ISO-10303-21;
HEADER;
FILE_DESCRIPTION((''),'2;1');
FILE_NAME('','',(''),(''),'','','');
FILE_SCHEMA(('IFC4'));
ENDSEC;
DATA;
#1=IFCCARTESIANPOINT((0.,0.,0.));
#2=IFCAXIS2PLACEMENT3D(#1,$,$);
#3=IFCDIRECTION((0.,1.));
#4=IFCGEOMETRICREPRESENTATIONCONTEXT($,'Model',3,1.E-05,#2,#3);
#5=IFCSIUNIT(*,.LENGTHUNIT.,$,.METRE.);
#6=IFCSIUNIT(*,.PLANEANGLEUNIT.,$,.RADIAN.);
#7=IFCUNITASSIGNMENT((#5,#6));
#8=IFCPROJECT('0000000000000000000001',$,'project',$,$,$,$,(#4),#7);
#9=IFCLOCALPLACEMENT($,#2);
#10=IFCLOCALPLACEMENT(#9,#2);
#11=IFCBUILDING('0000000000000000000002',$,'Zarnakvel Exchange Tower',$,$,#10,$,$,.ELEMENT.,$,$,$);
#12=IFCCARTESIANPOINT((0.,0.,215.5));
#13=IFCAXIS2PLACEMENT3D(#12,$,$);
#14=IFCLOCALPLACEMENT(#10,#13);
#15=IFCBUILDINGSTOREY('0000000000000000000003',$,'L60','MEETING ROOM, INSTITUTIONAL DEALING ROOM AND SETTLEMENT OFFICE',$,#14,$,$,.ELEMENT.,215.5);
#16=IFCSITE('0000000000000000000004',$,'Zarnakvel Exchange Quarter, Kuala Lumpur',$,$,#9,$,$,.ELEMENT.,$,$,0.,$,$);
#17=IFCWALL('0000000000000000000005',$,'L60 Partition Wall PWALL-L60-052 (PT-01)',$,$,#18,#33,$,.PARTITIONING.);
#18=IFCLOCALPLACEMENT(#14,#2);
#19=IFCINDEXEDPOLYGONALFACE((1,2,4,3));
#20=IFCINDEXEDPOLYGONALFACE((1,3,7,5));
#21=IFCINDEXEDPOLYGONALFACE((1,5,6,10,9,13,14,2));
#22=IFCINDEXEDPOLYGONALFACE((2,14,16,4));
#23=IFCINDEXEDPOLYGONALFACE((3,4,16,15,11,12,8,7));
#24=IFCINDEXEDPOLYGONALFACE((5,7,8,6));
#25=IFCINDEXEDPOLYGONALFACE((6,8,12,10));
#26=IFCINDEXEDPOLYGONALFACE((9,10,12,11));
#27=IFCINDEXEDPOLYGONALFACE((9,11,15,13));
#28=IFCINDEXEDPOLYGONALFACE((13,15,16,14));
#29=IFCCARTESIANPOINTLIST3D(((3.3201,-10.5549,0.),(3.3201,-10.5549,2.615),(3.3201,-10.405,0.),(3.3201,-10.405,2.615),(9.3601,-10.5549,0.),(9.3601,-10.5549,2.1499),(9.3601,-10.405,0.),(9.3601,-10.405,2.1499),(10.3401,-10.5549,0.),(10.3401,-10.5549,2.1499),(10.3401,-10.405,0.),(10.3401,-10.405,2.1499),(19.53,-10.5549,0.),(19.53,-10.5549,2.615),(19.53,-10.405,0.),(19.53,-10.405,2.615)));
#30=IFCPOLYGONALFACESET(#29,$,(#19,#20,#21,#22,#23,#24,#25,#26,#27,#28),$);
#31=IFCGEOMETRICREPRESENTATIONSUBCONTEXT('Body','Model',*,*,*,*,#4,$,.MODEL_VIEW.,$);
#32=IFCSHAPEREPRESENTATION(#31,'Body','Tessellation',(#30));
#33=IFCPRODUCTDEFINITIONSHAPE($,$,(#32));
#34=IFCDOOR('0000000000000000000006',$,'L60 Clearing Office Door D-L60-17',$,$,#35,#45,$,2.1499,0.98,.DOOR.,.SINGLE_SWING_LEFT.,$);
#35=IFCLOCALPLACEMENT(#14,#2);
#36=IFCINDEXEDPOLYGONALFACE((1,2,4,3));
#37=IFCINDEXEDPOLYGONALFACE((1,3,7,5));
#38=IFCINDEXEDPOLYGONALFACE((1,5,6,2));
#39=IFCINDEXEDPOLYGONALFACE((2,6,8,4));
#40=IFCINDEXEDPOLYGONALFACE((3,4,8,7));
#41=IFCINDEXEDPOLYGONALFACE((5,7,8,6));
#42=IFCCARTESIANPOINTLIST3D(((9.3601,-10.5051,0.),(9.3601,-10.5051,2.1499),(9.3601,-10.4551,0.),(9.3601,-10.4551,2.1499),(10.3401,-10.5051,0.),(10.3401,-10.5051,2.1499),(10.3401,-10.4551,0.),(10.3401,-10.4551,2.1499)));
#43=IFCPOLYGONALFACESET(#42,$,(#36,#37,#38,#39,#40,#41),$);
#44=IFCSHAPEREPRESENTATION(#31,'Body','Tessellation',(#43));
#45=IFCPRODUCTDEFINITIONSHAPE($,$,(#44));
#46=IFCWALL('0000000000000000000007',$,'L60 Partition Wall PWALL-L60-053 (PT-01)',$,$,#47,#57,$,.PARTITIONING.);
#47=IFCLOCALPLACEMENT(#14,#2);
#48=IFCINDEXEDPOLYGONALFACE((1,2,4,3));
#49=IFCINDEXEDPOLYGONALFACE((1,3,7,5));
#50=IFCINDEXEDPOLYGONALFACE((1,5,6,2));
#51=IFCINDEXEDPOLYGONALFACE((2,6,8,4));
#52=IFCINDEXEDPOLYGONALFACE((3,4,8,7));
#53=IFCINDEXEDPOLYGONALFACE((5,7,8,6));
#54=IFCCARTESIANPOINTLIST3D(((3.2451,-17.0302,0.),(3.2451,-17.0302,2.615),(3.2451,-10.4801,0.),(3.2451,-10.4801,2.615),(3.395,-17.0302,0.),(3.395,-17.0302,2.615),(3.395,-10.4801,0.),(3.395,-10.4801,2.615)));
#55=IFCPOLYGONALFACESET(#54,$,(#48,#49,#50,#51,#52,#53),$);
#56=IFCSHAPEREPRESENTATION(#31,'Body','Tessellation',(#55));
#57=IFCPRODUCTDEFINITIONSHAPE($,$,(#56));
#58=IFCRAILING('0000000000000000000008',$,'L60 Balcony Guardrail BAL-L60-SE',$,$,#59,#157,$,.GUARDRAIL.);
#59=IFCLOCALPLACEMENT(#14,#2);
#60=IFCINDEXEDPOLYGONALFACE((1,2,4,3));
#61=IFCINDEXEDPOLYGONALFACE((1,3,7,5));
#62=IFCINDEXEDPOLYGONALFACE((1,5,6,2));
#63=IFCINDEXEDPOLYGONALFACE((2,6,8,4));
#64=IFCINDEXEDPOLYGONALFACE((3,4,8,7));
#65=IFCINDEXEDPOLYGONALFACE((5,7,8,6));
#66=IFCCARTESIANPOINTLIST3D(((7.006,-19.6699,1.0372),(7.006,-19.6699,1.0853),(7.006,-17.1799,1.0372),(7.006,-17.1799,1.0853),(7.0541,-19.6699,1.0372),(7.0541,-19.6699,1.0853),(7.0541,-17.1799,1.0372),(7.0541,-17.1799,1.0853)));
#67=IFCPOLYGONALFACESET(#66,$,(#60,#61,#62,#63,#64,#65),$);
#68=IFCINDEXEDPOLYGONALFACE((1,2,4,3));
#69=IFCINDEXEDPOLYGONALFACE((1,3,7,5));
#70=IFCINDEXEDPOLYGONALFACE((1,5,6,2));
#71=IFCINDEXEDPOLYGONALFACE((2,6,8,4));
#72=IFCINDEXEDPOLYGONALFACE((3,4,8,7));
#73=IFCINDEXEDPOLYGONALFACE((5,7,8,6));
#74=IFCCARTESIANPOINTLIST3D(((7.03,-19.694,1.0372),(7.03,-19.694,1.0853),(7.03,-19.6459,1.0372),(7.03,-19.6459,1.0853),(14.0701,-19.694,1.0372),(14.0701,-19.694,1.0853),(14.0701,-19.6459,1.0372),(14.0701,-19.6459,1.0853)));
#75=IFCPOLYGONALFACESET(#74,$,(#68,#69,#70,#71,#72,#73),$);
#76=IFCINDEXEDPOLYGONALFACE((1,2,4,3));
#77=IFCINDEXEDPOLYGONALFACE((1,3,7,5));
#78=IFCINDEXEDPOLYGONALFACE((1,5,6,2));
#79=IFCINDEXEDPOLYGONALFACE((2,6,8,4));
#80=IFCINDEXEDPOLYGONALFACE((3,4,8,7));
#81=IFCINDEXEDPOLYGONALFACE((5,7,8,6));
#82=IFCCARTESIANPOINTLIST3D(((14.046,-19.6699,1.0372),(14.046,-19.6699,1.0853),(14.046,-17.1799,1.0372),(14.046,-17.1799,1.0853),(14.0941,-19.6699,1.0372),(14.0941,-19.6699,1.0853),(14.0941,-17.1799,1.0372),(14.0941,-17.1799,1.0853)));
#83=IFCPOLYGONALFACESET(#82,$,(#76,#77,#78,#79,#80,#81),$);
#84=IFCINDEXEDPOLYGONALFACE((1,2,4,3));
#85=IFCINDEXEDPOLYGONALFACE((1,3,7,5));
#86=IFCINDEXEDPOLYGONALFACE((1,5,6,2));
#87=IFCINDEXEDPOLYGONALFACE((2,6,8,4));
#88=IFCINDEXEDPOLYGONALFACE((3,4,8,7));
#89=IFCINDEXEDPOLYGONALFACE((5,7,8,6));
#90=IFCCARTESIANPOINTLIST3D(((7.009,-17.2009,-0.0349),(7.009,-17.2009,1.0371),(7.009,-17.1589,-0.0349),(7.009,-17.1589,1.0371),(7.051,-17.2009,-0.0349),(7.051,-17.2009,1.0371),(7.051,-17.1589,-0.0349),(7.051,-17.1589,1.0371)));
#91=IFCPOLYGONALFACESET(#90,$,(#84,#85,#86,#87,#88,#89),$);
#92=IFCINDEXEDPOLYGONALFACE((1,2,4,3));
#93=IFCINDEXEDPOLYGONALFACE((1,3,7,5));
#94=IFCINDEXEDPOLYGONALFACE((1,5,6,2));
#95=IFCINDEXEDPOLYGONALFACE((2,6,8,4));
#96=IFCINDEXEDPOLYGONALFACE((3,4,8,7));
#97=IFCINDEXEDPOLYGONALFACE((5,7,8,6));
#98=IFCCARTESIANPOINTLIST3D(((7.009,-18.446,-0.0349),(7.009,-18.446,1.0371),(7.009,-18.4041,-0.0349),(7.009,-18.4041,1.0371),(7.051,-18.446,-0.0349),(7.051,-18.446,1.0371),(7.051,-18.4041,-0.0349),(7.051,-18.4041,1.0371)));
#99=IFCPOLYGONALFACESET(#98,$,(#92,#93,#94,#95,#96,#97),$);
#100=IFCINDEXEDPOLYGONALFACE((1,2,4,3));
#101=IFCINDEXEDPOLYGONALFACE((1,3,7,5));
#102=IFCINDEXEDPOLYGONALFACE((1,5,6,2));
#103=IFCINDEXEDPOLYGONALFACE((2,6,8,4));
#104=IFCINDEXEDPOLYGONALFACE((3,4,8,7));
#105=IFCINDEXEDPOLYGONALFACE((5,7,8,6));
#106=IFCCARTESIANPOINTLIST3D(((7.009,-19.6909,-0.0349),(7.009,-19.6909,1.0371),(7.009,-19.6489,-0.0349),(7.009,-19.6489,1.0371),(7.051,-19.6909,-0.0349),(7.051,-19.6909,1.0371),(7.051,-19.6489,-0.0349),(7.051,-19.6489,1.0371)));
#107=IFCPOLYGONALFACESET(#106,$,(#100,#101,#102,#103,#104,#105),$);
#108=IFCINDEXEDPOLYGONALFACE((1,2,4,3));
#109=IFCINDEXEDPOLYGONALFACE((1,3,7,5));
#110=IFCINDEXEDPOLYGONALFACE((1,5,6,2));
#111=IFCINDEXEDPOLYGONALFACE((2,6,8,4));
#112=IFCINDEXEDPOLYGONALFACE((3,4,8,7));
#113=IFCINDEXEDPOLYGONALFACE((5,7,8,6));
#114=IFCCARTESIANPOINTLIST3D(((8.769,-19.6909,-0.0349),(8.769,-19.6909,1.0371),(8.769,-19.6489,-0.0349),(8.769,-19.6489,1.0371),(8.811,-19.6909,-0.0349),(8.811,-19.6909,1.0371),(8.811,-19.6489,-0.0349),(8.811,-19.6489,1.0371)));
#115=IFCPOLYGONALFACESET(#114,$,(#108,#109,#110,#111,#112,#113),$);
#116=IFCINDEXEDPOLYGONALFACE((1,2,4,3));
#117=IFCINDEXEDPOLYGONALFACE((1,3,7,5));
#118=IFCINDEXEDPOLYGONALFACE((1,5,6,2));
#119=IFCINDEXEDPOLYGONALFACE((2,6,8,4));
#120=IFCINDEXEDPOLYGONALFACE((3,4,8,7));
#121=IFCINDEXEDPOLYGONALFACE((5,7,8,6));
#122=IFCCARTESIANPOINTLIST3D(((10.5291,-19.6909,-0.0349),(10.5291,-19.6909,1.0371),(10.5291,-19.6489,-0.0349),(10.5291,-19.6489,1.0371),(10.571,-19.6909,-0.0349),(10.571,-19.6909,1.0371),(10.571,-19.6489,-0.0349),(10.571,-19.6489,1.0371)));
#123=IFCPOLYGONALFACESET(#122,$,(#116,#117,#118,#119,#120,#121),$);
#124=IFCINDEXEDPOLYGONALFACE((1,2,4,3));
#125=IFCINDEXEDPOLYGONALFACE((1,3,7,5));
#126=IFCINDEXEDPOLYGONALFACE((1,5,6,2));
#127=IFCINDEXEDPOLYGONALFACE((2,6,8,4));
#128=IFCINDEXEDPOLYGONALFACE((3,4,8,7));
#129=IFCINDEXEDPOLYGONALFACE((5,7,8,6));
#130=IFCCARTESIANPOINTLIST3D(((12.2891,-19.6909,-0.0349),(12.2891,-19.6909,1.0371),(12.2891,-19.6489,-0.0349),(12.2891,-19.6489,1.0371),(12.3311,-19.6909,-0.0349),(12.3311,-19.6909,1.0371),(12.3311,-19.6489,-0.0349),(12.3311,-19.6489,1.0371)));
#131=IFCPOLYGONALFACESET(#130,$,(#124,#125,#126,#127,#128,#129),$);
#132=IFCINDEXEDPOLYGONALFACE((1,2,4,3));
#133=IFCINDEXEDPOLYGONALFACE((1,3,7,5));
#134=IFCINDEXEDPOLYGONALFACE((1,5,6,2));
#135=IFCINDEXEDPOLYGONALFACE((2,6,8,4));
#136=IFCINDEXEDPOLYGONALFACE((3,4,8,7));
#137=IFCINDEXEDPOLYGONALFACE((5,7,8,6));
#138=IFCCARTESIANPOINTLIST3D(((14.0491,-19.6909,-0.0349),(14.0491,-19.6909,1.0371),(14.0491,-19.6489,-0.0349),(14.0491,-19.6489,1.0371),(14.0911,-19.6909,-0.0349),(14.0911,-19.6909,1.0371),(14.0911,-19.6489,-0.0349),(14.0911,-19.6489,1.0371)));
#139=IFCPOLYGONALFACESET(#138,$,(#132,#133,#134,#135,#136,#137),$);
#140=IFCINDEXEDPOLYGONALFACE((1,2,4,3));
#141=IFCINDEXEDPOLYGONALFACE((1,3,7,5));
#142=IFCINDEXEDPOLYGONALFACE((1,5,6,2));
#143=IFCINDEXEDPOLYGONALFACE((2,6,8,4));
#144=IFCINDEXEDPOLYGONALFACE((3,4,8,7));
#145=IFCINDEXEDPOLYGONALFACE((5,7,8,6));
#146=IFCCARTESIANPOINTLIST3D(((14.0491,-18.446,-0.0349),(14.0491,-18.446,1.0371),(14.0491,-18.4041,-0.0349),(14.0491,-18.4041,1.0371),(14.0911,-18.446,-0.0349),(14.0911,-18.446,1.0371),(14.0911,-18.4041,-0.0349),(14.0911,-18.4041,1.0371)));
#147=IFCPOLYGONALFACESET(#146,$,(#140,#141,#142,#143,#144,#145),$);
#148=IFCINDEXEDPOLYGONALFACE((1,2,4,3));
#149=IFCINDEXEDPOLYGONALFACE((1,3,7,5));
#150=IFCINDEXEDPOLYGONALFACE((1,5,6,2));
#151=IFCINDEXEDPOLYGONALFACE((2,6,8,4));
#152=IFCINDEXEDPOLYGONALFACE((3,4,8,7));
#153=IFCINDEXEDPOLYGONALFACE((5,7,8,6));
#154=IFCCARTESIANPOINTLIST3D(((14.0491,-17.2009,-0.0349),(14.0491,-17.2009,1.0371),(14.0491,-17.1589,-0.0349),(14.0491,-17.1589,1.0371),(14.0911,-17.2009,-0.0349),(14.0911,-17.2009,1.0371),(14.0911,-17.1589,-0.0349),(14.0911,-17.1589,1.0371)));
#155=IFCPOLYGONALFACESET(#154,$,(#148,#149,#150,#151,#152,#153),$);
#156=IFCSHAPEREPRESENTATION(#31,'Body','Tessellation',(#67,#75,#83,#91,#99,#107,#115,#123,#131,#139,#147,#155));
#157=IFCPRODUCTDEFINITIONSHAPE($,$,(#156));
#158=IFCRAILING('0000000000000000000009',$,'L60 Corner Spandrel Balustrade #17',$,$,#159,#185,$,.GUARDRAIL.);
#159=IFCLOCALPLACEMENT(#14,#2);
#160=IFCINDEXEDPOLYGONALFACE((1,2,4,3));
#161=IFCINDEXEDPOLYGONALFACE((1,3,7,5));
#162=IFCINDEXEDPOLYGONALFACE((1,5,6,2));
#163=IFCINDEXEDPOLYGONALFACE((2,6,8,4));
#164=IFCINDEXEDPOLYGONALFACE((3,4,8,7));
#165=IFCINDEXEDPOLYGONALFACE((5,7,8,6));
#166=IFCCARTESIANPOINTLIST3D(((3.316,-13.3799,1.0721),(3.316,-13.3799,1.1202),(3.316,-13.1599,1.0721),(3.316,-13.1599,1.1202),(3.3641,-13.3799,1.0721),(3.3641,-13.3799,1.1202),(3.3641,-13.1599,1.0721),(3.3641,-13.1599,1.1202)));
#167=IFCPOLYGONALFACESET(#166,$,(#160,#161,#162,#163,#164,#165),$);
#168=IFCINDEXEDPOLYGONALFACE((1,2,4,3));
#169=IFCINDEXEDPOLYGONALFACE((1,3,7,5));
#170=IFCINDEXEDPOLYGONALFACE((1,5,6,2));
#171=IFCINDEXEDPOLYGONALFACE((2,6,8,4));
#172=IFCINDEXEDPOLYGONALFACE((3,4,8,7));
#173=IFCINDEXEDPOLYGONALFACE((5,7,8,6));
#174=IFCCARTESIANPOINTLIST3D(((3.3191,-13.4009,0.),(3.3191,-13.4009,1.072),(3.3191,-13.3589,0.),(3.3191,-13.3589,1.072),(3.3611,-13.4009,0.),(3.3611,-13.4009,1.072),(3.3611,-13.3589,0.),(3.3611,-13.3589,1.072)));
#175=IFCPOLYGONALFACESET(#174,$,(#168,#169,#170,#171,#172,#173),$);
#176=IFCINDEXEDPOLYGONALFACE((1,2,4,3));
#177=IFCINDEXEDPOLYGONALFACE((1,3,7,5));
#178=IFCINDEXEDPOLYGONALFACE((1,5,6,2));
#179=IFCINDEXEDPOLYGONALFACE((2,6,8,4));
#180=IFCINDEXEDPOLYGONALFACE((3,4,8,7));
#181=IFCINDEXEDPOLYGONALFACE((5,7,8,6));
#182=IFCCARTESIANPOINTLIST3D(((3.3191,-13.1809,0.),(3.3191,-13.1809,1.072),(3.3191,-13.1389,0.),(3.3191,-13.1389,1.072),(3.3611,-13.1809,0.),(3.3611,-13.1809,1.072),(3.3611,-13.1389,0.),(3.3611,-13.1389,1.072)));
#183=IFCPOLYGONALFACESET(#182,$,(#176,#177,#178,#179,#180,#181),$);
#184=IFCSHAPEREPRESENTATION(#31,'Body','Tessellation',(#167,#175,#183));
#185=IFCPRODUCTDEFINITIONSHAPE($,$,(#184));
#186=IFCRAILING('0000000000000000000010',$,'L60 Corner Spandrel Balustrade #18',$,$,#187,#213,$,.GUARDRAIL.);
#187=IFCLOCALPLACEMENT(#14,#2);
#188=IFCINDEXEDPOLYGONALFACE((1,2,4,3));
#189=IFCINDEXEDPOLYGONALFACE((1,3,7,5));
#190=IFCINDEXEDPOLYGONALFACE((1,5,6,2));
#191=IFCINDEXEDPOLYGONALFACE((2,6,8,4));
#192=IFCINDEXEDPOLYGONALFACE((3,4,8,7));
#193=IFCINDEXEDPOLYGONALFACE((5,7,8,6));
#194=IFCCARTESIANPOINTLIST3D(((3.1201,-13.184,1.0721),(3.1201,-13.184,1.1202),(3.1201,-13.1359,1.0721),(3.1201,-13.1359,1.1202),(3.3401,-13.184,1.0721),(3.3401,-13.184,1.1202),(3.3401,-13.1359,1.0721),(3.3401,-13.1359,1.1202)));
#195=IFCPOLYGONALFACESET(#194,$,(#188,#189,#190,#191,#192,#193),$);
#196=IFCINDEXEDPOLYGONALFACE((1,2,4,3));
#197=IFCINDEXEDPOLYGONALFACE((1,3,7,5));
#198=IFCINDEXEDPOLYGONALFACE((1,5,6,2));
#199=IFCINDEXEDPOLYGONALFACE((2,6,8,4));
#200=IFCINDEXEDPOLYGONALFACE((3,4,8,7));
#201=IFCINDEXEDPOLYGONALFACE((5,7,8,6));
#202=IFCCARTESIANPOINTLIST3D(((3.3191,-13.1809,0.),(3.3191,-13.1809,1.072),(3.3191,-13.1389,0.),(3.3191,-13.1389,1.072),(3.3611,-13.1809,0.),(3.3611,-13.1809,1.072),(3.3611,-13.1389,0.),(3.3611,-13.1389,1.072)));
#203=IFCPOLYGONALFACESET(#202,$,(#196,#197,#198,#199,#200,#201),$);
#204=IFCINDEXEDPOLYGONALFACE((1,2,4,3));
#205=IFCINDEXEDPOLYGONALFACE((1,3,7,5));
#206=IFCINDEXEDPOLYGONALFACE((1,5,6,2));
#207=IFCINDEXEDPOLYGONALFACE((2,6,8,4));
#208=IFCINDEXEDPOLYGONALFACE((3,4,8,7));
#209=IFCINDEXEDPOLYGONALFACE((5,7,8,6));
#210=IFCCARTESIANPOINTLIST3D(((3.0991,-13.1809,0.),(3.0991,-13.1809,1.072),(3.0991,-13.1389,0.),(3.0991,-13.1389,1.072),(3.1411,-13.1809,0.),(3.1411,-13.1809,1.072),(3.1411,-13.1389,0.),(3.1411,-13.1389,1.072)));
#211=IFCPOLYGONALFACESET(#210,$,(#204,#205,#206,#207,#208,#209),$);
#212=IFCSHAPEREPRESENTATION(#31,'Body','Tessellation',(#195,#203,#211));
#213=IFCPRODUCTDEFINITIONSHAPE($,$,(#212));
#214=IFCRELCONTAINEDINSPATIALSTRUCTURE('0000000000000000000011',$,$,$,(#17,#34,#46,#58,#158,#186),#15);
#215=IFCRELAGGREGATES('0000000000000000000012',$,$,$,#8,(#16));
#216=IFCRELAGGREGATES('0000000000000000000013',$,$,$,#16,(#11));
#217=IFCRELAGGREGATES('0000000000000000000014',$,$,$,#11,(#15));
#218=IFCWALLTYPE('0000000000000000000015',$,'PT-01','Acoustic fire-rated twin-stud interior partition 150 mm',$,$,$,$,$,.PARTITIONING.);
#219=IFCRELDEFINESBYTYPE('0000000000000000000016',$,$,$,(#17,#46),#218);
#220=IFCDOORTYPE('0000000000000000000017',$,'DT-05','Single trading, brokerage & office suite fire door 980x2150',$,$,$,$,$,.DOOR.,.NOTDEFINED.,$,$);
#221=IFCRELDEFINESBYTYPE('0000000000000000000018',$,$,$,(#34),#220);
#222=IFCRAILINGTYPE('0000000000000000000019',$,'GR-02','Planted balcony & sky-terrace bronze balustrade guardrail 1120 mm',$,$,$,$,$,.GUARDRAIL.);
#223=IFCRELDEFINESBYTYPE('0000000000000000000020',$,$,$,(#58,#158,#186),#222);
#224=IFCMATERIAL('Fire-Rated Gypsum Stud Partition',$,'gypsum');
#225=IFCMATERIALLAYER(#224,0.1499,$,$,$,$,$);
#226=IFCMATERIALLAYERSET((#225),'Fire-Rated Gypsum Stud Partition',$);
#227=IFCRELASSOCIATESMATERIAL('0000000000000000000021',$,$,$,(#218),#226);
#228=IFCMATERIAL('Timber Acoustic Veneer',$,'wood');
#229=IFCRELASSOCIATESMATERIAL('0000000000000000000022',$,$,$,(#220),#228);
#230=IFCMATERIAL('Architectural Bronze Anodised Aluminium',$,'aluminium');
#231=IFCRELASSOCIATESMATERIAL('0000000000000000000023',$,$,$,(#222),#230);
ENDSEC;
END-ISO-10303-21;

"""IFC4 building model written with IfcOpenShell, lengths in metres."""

from ifc_helpers import new_model, si_unit, direction, frame, frame_2d, origin, origin_2d, place, context, subcontext, project, spatial, rectangle, extrude, source, transform, mapped, material, layer, layer_set, type_object, element, fill, save


model = new_model("IFC4")

# Units and contexts
model_context = context("Model", 3, precision=1e-05, world=origin(), true_north=direction((0.0, 1.0)))
body_context = subcontext(model_context, "Body", "Model", "MODEL_VIEW")
ifc_project = project(units=[si_unit("LENGTHUNIT", "METRE"), si_unit("PLANEANGLEUNIT", "RADIAN")], contexts=[model_context])

# Site, building, storey
site_placement = place(None, origin())
site = spatial("IfcSite", under=ifc_project, at=site_placement, Name="Zarnakvel Exchange Quarter, Kuala Lumpur", CompositionType="ELEMENT", RefElevation=0.0)
building_placement = place(site_placement, origin())
building = spatial("IfcBuilding", under=site, at=building_placement, Name="Zarnakvel Exchange Tower", CompositionType="ELEMENT")
storey_placement = place(building_placement, frame((0.0, 0.0, 215.5)))
storey = spatial("IfcBuildingStorey", under=building, at=storey_placement, Name="L60", Description="MEETING ROOM, INSTITUTIONAL DEALING ROOM AND SETTLEMENT OFFICE", CompositionType="ELEMENT", Elevation=215.5)

# Shared definitions
ifc_material_1 = material(Name="Architectural Bronze Anodised Aluminium", Category="aluminium")

# Wall, opening, door
ifc_material_2 = material(Name="Fire-Rated Gypsum Stud Partition", Category="gypsum")
ifc_layer_1 = layer(ifc_material_2, 0.1499)
ifc_layer_set_1 = layer_set([ifc_layer_1], Name="Fire-Rated Gypsum Stud Partition")
wall_type_1 = type_object("IfcWallType", Name="PT-01", Description="Acoustic fire-rated twin-stud interior partition 150 mm", PredefinedType="PARTITIONING", material=ifc_layer_set_1)
wall_1_placement = place(storey_placement, frame((3.3201, -10.48, 0.0), z_axis=(0.0, 0.0, 1.0), x_axis=(1.0, 0.0, 0.0)))
wall_1 = element("IfcWall", 1, at=wall_1_placement, inside=storey, type_object=wall_type_1, Name="L60 Partition Wall PWALL-L60-052 (PT-01)", PredefinedType="PARTITIONING", context=body_context, shape_type="SweptSolid", body=[
    extrude(rectangle(XDim=16.21, YDim=0.1499, at=frame_2d((8.105, 0.0))), origin(), (0.0, 0.0, 1.0), 2.615),
])
opening_placement = place(wall_1_placement, frame((6.04, 0.0, 0.0)))
opening = element("IfcOpeningElement", 2, at=opening_placement, cuts=wall_1, PredefinedType="OPENING", context=body_context, shape_type="SweptSolid", body=[
    extrude(rectangle(XDim=0.98, YDim=2.1499, at=frame_2d((0.49, 1.075))), frame((0.0, 0.085, 0.0), z_axis=(0.0, -1.0, 0.0), x_axis=(1.0, 0.0, 0.0)), (0.0, 0.0, 1.0), 0.1699),
])
ifc_material_3 = material(Name="Timber Acoustic Veneer", Category="wood")
door_type = type_object("IfcDoorType", Name="DT-05", Description="Single trading, brokerage & office suite fire door 980x2150", OperationType="NOTDEFINED", PredefinedType="DOOR", material=ifc_material_3)
shared_shape_1 = source(origin(), body_context, "Body", "SweptSolid", [
    extrude(rectangle(XDim=0.98, YDim=2.1499, at=frame_2d((0.49, 1.075))), frame((0.0, 0.0249, 0.0), z_axis=(0.0, -1.0, 0.0), x_axis=(1.0, 0.0, 0.0)), (0.0, 0.0, 1.0), 0.05),
])
door_placement = place(opening_placement, origin())
door = element("IfcDoor", 3, at=door_placement, inside=storey, type_object=door_type, Name="L60 Clearing Office Door D-L60-17", OperationType="SINGLE_SWING_LEFT", OverallHeight=2.1499, OverallWidth=0.98, PredefinedType="DOOR", context=body_context, shape_type="MappedRepresentation", body=[
    mapped(shared_shape_1, transform((0.0, 0.0, 0.0), x_axis=(1.0, 0.0, 0.0), y_axis=(0.0, 1.0, 0.0), z_axis=(0.0, 0.0, 1.0), scale=1.0)),
])
fill(opening, door)

# Wall
wall_2_placement = place(storey_placement, frame((3.3201, -17.03, 0.0), z_axis=(0.0, 0.0, 1.0), x_axis=(0.0, 1.0, 0.0)))
element("IfcWall", 4, at=wall_2_placement, inside=storey, type_object=wall_type_1, Name="L60 Partition Wall PWALL-L60-053 (PT-01)", PredefinedType="PARTITIONING", context=body_context, shape_type="SweptSolid", body=[
    extrude(rectangle(XDim=6.55, YDim=0.1499, at=frame_2d((3.2749, 0.0))), origin(), (0.0, 0.0, 1.0), 2.615),
])

# Railings
railing_type = type_object("IfcRailingType", Name="GR-02", Description="Planted balcony & sky-terrace bronze balustrade guardrail 1120 mm", PredefinedType="GUARDRAIL", material=ifc_material_1)
railing_1_placement = place(storey_placement, frame((7.03, -17.1799, -0.0349)))
element("IfcRailing", 5, at=railing_1_placement, inside=storey, type_object=railing_type, Name="L60 Balcony Guardrail BAL-L60-SE", PredefinedType="GUARDRAIL", context=body_context, shape_type="SweptSolid", body=[
    extrude(rectangle(XDim=0.0481, YDim=0.0481, at=origin_2d()), frame((0.0, 0.0, 1.0962), z_axis=(0.0, -1.0, 0.0), x_axis=(1.0, 0.0, 0.0)), (0.0, 0.0, 1.0), 2.49),
    extrude(rectangle(XDim=0.0481, YDim=0.0481, at=origin_2d()), frame((0.0, -2.49, 1.0962), z_axis=(1.0, 0.0, 0.0), x_axis=(0.0, 1.0, 0.0)), (0.0, 0.0, 1.0), 7.04),
    extrude(rectangle(XDim=0.0481, YDim=0.0481, at=origin_2d()), frame((7.04, -2.49, 1.0962), z_axis=(0.0, 1.0, 0.0), x_axis=(-1.0, 0.0, 0.0)), (0.0, 0.0, 1.0), 2.49),
    extrude(rectangle(XDim=0.042, YDim=0.042, at=origin_2d()), origin(), (0.0, 0.0, 1.0), 1.072),
    extrude(rectangle(XDim=0.042, YDim=0.042, at=origin_2d()), frame((0.0, -1.2451, 0.0)), (0.0, 0.0, 1.0), 1.072),
    extrude(rectangle(XDim=0.042, YDim=0.042, at=origin_2d()), frame((0.0, -2.49, 0.0)), (0.0, 0.0, 1.0), 1.072),
    extrude(rectangle(XDim=0.042, YDim=0.042, at=origin_2d()), frame((1.76, -2.49, 0.0)), (0.0, 0.0, 1.0), 1.072),
    extrude(rectangle(XDim=0.042, YDim=0.042, at=origin_2d()), frame((3.52, -2.49, 0.0)), (0.0, 0.0, 1.0), 1.072),
    extrude(rectangle(XDim=0.042, YDim=0.042, at=origin_2d()), frame((5.28, -2.49, 0.0)), (0.0, 0.0, 1.0), 1.072),
    extrude(rectangle(XDim=0.042, YDim=0.042, at=origin_2d()), frame((7.04, -2.49, 0.0)), (0.0, 0.0, 1.0), 1.072),
    extrude(rectangle(XDim=0.042, YDim=0.042, at=origin_2d()), frame((7.04, -1.2451, 0.0)), (0.0, 0.0, 1.0), 1.072),
    extrude(rectangle(XDim=0.042, YDim=0.042, at=origin_2d()), frame((7.04, 0.0, 0.0)), (0.0, 0.0, 1.0), 1.072),
])
railing_2_placement = place(storey_placement, frame((3.3401, -13.3799, 0.0)))
element("IfcRailing", 6, at=railing_2_placement, inside=storey, type_object=railing_type, Name="L60 Corner Spandrel Balustrade #17", PredefinedType="GUARDRAIL", context=body_context, shape_type="SweptSolid", body=[
    extrude(rectangle(XDim=0.0481, YDim=0.0481, at=origin_2d()), frame((0.0, 0.0, 1.0962), z_axis=(0.0, 1.0, 0.0), x_axis=(-1.0, 0.0, 0.0)), (0.0, 0.0, 1.0), 0.22),
    extrude(rectangle(XDim=0.042, YDim=0.042, at=origin_2d()), origin(), (0.0, 0.0, 1.0), 1.072),
    extrude(rectangle(XDim=0.042, YDim=0.042, at=origin_2d()), frame((0.0, 0.22, 0.0)), (0.0, 0.0, 1.0), 1.072),
])
railing_3_placement = place(storey_placement, frame((3.3401, -13.1599, 0.0)))
element("IfcRailing", 7, at=railing_3_placement, inside=storey, type_object=railing_type, Name="L60 Corner Spandrel Balustrade #18", PredefinedType="GUARDRAIL", context=body_context, shape_type="SweptSolid", body=[
    extrude(rectangle(XDim=0.0481, YDim=0.0481, at=origin_2d()), frame((0.0, 0.0, 1.0962), z_axis=(-1.0, 0.0, 0.0), x_axis=(0.0, -1.0, 0.0)), (0.0, 0.0, 1.0), 0.22),
    extrude(rectangle(XDim=0.042, YDim=0.042, at=origin_2d()), origin(), (0.0, 0.0, 1.0), 1.072),
    extrude(rectangle(XDim=0.042, YDim=0.042, at=origin_2d()), frame((-0.22, 0.0, 0.0)), (0.0, 0.0, 1.0), 1.072),
])

save(model, "model.ifc")
